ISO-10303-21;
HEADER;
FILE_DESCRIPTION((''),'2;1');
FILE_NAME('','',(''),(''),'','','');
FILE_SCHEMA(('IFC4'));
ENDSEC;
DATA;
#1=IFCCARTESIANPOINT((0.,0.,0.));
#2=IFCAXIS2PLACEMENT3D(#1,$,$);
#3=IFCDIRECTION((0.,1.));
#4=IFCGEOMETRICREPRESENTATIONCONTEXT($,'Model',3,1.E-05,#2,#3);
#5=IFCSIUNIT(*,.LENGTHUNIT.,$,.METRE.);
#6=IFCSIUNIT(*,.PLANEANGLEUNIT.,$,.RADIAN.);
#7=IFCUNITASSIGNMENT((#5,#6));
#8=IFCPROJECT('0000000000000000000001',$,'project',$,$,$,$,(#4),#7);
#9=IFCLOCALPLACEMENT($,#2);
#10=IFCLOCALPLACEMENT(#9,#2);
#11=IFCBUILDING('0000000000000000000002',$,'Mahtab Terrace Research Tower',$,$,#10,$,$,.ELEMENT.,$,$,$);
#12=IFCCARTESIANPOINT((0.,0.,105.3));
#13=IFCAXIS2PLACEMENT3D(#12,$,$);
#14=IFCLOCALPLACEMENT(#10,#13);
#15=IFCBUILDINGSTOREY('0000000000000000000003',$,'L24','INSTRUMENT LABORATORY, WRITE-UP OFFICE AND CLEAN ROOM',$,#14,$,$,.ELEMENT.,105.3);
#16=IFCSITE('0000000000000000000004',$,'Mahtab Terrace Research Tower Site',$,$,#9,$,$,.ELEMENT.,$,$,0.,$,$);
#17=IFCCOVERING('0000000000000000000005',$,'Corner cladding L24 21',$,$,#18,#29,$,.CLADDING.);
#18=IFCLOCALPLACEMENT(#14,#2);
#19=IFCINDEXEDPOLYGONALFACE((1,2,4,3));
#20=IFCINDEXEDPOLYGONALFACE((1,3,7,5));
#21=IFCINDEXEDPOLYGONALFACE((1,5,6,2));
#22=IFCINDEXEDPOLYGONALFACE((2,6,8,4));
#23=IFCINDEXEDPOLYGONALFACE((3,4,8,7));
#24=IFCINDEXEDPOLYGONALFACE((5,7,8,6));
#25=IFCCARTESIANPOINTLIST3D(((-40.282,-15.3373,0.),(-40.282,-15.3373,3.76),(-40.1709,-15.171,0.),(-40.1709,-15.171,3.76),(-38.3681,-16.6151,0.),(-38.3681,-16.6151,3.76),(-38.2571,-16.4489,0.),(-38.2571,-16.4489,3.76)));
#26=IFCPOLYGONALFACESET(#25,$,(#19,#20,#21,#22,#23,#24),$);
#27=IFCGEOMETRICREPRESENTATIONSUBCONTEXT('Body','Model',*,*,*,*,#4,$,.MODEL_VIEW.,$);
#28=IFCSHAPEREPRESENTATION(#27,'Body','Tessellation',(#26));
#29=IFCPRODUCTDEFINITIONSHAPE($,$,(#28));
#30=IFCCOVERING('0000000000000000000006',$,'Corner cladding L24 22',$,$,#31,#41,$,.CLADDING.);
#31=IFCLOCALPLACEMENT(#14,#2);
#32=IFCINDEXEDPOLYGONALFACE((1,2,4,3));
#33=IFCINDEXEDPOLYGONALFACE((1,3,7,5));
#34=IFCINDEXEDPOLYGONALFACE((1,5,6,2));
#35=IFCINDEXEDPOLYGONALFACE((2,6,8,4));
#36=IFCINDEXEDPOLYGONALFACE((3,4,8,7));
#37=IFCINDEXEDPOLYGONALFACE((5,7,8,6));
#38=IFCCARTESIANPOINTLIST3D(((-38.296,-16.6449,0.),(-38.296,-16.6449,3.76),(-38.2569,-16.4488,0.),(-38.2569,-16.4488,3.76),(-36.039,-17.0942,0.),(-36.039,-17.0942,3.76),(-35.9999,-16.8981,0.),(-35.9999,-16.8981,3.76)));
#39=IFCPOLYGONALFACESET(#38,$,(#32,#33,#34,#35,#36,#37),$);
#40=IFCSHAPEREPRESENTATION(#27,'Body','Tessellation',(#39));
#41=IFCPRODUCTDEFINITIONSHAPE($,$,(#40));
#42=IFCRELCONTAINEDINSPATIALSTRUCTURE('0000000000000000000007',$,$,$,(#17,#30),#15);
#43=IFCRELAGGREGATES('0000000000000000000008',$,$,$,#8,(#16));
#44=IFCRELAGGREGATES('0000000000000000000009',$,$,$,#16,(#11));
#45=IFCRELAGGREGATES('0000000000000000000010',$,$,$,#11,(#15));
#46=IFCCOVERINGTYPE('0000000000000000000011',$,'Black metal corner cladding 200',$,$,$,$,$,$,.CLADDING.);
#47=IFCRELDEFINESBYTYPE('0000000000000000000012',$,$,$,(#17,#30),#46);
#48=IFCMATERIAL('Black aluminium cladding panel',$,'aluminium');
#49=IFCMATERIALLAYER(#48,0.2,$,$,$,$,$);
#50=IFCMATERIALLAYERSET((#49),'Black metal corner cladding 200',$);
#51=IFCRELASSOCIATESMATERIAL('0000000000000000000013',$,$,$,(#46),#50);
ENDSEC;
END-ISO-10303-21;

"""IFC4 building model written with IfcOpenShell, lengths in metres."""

from ifc_helpers import new_model, si_unit, direction, frame, origin, origin_2d, place, context, subcontext, project, spatial, rectangle, extrude, material, layer, layer_set, type_object, element, save


model = new_model("IFC4")

# Units and contexts
model_context = context("Model", 3, precision=1e-05, world=origin(), true_north=direction((0.0, 1.0)))
body_context = subcontext(model_context, "Body", "Model", "MODEL_VIEW")
ifc_project = project(units=[si_unit("LENGTHUNIT", "METRE"), si_unit("PLANEANGLEUNIT", "RADIAN")], contexts=[model_context])

# Site, building, storey
site_placement = place(None, origin())
site = spatial("IfcSite", under=ifc_project, at=site_placement, Name="Mahtab Terrace Research Tower Site", CompositionType="ELEMENT", RefElevation=0.0)
building_placement = place(site_placement, origin())
building = spatial("IfcBuilding", under=site, at=building_placement, Name="Mahtab Terrace Research Tower", CompositionType="ELEMENT")
storey_placement = place(building_placement, frame((0.0, 0.0, 105.3)))
storey = spatial("IfcBuildingStorey", under=building, at=storey_placement, Name="L24", Description="INSTRUMENT LABORATORY, WRITE-UP OFFICE AND CLEAN ROOM", CompositionType="ELEMENT", Elevation=105.3)

# Shared definitions
ifc_material_1 = material(Name="Black aluminium cladding panel", Category="aluminium")

# Coverings
ifc_layer_1 = layer(ifc_material_1, 0.2)
ifc_layer_set_1 = layer_set([ifc_layer_1], Name="Black metal corner cladding 200")
covering_type = type_object("IfcCoveringType", Name="Black metal corner cladding 200", PredefinedType="CLADDING", material=ifc_layer_set_1)
for number, where, z_axis, x_axis, name in (
    (1, (-39.2695, -15.8931, 0.0), (0.0, 0.0, 1.0), (0.831656, -0.555291, 0.0), "Corner cladding L24 21"),
    (2, (-37.1479, -16.7715, 0.0), (0.0, 0.0, 1.0), (0.980761, -0.195212, 0.0), "Corner cladding L24 22"),
):
    element("IfcCovering", number, at=place(storey_placement, frame(where, z_axis=z_axis, x_axis=x_axis)), inside=storey, type_object=covering_type, Name=name, PredefinedType="CLADDING", context=body_context, shape_type="SweptSolid", body=[
        extrude(rectangle(XDim=2.3013, YDim=0.2, at=origin_2d()), origin(), (0.0, 0.0, 1.0), 3.76),
    ])

save(model, "model.ifc")
